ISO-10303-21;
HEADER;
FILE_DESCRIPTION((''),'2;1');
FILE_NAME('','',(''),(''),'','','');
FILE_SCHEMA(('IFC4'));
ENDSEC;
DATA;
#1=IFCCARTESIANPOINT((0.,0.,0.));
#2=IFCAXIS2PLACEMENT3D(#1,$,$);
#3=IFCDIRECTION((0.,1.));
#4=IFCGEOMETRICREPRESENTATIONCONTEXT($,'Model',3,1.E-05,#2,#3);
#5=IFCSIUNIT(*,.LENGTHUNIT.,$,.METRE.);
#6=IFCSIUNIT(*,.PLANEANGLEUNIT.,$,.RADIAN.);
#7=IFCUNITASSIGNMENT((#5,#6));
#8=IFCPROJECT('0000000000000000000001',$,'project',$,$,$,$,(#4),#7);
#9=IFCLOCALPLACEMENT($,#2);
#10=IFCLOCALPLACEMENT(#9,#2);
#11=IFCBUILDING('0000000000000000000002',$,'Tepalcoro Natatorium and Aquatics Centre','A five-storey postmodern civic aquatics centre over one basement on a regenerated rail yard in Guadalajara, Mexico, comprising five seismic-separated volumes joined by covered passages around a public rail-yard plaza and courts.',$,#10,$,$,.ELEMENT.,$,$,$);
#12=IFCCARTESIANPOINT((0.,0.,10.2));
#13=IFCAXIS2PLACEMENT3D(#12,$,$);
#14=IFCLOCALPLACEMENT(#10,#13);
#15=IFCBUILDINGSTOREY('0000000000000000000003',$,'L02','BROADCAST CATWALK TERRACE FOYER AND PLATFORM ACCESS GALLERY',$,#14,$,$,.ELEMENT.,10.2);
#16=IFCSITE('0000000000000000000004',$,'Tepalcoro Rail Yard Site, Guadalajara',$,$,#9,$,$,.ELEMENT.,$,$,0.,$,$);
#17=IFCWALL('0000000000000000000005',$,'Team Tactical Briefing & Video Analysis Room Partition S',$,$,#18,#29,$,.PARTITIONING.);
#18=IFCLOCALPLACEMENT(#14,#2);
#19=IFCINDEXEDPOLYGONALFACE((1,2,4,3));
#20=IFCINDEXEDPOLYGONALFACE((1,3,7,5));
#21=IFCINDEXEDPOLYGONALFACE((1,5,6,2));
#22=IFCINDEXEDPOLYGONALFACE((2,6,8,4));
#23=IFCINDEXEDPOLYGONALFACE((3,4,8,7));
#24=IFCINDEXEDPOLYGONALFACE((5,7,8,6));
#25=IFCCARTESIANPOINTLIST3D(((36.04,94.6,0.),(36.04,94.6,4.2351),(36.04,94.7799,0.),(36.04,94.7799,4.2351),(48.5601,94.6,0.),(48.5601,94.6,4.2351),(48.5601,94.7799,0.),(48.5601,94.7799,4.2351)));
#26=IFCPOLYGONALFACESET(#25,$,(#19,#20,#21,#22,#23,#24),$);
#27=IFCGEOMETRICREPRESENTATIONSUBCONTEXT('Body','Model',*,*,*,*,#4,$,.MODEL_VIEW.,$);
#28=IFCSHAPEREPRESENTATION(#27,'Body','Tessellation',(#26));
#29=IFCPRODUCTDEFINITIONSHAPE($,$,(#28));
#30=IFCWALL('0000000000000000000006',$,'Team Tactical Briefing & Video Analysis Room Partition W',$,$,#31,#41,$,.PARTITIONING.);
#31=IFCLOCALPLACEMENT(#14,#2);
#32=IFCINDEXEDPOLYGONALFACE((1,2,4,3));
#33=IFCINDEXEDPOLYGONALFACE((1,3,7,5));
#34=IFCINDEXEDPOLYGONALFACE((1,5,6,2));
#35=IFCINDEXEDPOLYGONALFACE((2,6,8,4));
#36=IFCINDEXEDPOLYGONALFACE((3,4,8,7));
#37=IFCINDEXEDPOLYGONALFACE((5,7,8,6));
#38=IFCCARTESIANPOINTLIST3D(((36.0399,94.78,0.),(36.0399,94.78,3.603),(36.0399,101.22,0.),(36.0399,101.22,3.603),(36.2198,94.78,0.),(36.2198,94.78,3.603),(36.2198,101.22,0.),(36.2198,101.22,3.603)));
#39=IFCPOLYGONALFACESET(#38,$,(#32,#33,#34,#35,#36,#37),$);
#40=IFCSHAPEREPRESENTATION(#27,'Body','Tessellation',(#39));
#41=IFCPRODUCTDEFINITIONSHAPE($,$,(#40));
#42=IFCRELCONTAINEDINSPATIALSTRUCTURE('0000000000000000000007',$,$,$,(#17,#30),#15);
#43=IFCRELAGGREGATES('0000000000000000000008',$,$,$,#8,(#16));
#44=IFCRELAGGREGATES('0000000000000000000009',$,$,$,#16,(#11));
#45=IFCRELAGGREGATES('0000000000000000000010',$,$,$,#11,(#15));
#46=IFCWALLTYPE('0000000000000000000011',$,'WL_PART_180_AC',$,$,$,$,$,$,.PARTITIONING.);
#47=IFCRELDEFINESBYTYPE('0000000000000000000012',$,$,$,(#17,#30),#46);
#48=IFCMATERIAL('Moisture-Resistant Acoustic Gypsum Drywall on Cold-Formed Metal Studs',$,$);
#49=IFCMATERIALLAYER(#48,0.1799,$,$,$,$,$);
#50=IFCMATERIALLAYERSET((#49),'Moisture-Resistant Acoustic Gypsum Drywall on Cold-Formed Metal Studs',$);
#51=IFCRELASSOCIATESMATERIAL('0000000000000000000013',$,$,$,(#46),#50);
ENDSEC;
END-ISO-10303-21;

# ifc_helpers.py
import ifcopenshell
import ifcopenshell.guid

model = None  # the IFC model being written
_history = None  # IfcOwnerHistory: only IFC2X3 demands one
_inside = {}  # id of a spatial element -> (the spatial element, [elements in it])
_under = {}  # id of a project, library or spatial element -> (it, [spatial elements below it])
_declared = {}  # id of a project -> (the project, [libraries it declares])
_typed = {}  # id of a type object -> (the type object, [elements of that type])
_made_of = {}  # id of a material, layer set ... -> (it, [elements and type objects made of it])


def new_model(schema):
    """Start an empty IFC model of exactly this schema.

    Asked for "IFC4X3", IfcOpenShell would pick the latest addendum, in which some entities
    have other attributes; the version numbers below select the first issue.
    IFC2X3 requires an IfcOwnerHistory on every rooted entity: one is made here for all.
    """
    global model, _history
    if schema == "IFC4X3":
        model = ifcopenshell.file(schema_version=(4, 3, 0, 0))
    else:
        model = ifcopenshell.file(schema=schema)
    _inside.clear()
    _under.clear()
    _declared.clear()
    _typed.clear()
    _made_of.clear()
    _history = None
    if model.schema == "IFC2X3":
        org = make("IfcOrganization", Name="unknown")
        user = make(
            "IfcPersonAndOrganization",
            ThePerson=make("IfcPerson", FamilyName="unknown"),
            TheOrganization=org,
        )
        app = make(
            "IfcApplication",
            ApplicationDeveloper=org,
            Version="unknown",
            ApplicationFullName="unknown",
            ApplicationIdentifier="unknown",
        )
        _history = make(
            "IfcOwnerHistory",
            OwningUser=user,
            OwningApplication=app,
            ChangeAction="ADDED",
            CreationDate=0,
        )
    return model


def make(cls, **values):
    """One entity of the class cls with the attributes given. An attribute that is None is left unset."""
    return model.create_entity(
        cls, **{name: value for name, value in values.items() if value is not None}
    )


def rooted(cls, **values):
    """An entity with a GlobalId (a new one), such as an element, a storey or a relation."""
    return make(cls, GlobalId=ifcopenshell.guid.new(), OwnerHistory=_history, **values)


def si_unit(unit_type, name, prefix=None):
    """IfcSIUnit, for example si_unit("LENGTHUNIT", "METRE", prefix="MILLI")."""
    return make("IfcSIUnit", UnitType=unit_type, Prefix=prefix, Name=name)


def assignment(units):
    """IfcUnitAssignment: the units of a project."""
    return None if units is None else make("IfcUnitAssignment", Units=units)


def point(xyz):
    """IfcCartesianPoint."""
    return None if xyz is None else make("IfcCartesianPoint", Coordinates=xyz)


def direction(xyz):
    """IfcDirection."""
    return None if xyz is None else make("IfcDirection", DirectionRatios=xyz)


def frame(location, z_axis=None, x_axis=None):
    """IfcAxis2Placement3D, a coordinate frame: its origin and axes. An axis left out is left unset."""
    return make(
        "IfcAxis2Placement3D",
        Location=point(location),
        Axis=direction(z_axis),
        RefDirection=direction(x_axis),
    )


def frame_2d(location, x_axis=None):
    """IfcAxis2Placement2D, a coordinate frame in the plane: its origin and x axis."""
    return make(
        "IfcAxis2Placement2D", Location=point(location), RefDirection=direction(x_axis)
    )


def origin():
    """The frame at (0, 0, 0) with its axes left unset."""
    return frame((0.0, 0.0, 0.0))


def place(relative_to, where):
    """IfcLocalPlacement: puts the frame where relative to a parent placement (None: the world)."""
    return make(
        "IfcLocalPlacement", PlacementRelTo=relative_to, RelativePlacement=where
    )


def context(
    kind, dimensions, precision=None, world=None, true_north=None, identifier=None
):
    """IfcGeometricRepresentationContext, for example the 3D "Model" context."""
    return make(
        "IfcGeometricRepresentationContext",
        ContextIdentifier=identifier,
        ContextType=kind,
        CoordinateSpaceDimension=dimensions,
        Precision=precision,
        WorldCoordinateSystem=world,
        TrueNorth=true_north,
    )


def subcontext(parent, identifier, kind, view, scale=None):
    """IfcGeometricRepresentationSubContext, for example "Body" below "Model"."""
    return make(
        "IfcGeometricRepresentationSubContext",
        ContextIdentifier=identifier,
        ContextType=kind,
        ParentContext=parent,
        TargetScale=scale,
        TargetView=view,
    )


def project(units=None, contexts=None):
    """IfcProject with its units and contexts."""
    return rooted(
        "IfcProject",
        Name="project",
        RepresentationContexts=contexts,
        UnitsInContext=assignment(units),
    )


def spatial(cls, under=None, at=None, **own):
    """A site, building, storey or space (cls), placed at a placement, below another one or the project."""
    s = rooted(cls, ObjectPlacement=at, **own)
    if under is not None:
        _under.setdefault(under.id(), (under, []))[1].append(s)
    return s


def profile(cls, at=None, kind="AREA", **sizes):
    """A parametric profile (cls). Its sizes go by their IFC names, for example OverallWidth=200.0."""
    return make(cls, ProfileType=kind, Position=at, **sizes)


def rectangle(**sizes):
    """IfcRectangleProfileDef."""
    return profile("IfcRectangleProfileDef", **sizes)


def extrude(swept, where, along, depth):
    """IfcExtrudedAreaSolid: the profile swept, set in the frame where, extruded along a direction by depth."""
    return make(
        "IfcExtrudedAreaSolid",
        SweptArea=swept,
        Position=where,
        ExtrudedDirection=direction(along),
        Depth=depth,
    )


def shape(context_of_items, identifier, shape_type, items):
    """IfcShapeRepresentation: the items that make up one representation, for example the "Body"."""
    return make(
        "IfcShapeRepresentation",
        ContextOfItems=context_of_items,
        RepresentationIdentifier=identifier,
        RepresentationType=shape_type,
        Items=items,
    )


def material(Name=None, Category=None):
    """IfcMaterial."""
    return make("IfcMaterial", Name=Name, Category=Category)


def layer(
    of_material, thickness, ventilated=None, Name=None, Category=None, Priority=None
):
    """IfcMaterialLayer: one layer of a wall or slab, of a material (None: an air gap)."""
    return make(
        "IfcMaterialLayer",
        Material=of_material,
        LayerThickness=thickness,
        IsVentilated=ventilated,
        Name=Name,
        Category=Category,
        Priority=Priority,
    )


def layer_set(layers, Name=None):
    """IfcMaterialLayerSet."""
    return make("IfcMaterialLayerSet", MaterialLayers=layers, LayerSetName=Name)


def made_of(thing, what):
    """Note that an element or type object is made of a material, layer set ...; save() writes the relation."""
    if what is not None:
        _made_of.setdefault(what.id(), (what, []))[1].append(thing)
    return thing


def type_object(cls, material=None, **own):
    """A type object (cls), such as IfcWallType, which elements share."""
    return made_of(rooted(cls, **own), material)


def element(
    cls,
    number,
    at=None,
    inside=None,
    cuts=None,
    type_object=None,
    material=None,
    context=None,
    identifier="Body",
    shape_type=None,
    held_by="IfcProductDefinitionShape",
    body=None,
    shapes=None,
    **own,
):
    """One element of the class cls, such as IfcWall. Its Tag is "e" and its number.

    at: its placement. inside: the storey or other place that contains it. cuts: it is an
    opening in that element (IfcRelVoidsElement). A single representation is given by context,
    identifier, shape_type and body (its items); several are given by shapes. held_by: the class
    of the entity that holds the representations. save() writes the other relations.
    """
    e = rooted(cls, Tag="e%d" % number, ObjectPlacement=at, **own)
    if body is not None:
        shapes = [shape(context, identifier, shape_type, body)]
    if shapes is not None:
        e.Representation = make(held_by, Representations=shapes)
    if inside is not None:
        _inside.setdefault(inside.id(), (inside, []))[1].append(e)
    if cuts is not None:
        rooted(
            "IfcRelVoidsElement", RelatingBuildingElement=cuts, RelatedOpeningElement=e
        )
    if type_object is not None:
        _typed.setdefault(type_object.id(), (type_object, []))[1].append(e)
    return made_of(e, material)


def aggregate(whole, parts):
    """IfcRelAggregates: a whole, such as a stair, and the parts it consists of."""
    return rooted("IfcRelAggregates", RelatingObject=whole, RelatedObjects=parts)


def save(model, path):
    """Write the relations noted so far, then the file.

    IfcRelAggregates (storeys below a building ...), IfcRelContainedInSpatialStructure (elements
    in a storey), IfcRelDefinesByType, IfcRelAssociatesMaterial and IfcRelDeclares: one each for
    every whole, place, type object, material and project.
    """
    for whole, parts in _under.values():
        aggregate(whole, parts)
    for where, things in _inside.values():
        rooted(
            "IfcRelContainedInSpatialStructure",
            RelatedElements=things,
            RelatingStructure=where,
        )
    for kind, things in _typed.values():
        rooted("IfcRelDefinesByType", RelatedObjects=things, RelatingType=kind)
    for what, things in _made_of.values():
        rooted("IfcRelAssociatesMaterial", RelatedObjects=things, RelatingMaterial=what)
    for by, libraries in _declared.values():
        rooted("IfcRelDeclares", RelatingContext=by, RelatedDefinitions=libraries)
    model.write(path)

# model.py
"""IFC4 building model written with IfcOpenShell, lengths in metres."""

from ifc_helpers import new_model, si_unit, direction, frame, frame_2d, origin, place, context, subcontext, project, spatial, rectangle, extrude, material, layer, layer_set, type_object, element, save


model = new_model("IFC4")

# Units and contexts
model_context = context("Model", 3, precision=1e-05, world=origin(), true_north=direction((0.0, 1.0)))
body_context = subcontext(model_context, "Body", "Model", "MODEL_VIEW")
ifc_project = project(units=[si_unit("LENGTHUNIT", "METRE"), si_unit("PLANEANGLEUNIT", "RADIAN")], contexts=[model_context])

# Site, building, storey
site_placement = place(None, origin())
site = spatial("IfcSite", under=ifc_project, at=site_placement, Name="Tepalcoro Rail Yard Site, Guadalajara", CompositionType="ELEMENT", RefElevation=0.0)
building_placement = place(site_placement, origin())
building = spatial("IfcBuilding", under=site, at=building_placement, Name="Tepalcoro Natatorium and Aquatics Centre", Description="A five-storey postmodern civic aquatics centre over one basement on a regenerated rail yard in Guadalajara, Mexico, comprising five seismic-separated volumes joined by covered passages around a public rail-yard plaza and courts.", CompositionType="ELEMENT")
storey_placement = place(building_placement, frame((0.0, 0.0, 10.2)))
storey = spatial("IfcBuildingStorey", under=building, at=storey_placement, Name="L02", Description="BROADCAST CATWALK TERRACE FOYER AND PLATFORM ACCESS GALLERY", CompositionType="ELEMENT", Elevation=10.2)

# Walls
ifc_material_1 = material(Name="Moisture-Resistant Acoustic Gypsum Drywall on Cold-Formed Metal Studs")
ifc_layer_1 = layer(ifc_material_1, 0.1799)
ifc_layer_set_1 = layer_set([ifc_layer_1], Name="Moisture-Resistant Acoustic Gypsum Drywall on Cold-Formed Metal Studs")
wall_type = type_object("IfcWallType", Name="WL_PART_180_AC", PredefinedType="PARTITIONING", material=ifc_layer_set_1)
wall_1_placement = place(storey_placement, frame((36.04, 94.6899, 0.0), z_axis=(0.0, 0.0, 1.0), x_axis=(1.0, 0.0, 0.0)))
element("IfcWall", 1, at=wall_1_placement, inside=storey, type_object=wall_type, Name="Team Tactical Briefing & Video Analysis Room Partition S", PredefinedType="PARTITIONING", context=body_context, shape_type="SweptSolid", body=[
    extrude(rectangle(XDim=12.52, YDim=0.1799, at=frame_2d((6.26, 0.0))), origin(), (0.0, 0.0, 1.0), 4.2351),
])
wall_2_placement = place(storey_placement, frame((36.1299, 94.78, 0.0), z_axis=(0.0, 0.0, 1.0), x_axis=(0.0, 1.0, 0.0)))
element("IfcWall", 2, at=wall_2_placement, inside=storey, type_object=wall_type, Name="Team Tactical Briefing & Video Analysis Room Partition W", PredefinedType="PARTITIONING", context=body_context, shape_type="SweptSolid", body=[
    extrude(rectangle(XDim=6.4399, YDim=0.1799, at=frame_2d((3.22, 0.0))), origin(), (0.0, 0.0, 1.0), 3.603),
])

save(model, "model.ifc")
